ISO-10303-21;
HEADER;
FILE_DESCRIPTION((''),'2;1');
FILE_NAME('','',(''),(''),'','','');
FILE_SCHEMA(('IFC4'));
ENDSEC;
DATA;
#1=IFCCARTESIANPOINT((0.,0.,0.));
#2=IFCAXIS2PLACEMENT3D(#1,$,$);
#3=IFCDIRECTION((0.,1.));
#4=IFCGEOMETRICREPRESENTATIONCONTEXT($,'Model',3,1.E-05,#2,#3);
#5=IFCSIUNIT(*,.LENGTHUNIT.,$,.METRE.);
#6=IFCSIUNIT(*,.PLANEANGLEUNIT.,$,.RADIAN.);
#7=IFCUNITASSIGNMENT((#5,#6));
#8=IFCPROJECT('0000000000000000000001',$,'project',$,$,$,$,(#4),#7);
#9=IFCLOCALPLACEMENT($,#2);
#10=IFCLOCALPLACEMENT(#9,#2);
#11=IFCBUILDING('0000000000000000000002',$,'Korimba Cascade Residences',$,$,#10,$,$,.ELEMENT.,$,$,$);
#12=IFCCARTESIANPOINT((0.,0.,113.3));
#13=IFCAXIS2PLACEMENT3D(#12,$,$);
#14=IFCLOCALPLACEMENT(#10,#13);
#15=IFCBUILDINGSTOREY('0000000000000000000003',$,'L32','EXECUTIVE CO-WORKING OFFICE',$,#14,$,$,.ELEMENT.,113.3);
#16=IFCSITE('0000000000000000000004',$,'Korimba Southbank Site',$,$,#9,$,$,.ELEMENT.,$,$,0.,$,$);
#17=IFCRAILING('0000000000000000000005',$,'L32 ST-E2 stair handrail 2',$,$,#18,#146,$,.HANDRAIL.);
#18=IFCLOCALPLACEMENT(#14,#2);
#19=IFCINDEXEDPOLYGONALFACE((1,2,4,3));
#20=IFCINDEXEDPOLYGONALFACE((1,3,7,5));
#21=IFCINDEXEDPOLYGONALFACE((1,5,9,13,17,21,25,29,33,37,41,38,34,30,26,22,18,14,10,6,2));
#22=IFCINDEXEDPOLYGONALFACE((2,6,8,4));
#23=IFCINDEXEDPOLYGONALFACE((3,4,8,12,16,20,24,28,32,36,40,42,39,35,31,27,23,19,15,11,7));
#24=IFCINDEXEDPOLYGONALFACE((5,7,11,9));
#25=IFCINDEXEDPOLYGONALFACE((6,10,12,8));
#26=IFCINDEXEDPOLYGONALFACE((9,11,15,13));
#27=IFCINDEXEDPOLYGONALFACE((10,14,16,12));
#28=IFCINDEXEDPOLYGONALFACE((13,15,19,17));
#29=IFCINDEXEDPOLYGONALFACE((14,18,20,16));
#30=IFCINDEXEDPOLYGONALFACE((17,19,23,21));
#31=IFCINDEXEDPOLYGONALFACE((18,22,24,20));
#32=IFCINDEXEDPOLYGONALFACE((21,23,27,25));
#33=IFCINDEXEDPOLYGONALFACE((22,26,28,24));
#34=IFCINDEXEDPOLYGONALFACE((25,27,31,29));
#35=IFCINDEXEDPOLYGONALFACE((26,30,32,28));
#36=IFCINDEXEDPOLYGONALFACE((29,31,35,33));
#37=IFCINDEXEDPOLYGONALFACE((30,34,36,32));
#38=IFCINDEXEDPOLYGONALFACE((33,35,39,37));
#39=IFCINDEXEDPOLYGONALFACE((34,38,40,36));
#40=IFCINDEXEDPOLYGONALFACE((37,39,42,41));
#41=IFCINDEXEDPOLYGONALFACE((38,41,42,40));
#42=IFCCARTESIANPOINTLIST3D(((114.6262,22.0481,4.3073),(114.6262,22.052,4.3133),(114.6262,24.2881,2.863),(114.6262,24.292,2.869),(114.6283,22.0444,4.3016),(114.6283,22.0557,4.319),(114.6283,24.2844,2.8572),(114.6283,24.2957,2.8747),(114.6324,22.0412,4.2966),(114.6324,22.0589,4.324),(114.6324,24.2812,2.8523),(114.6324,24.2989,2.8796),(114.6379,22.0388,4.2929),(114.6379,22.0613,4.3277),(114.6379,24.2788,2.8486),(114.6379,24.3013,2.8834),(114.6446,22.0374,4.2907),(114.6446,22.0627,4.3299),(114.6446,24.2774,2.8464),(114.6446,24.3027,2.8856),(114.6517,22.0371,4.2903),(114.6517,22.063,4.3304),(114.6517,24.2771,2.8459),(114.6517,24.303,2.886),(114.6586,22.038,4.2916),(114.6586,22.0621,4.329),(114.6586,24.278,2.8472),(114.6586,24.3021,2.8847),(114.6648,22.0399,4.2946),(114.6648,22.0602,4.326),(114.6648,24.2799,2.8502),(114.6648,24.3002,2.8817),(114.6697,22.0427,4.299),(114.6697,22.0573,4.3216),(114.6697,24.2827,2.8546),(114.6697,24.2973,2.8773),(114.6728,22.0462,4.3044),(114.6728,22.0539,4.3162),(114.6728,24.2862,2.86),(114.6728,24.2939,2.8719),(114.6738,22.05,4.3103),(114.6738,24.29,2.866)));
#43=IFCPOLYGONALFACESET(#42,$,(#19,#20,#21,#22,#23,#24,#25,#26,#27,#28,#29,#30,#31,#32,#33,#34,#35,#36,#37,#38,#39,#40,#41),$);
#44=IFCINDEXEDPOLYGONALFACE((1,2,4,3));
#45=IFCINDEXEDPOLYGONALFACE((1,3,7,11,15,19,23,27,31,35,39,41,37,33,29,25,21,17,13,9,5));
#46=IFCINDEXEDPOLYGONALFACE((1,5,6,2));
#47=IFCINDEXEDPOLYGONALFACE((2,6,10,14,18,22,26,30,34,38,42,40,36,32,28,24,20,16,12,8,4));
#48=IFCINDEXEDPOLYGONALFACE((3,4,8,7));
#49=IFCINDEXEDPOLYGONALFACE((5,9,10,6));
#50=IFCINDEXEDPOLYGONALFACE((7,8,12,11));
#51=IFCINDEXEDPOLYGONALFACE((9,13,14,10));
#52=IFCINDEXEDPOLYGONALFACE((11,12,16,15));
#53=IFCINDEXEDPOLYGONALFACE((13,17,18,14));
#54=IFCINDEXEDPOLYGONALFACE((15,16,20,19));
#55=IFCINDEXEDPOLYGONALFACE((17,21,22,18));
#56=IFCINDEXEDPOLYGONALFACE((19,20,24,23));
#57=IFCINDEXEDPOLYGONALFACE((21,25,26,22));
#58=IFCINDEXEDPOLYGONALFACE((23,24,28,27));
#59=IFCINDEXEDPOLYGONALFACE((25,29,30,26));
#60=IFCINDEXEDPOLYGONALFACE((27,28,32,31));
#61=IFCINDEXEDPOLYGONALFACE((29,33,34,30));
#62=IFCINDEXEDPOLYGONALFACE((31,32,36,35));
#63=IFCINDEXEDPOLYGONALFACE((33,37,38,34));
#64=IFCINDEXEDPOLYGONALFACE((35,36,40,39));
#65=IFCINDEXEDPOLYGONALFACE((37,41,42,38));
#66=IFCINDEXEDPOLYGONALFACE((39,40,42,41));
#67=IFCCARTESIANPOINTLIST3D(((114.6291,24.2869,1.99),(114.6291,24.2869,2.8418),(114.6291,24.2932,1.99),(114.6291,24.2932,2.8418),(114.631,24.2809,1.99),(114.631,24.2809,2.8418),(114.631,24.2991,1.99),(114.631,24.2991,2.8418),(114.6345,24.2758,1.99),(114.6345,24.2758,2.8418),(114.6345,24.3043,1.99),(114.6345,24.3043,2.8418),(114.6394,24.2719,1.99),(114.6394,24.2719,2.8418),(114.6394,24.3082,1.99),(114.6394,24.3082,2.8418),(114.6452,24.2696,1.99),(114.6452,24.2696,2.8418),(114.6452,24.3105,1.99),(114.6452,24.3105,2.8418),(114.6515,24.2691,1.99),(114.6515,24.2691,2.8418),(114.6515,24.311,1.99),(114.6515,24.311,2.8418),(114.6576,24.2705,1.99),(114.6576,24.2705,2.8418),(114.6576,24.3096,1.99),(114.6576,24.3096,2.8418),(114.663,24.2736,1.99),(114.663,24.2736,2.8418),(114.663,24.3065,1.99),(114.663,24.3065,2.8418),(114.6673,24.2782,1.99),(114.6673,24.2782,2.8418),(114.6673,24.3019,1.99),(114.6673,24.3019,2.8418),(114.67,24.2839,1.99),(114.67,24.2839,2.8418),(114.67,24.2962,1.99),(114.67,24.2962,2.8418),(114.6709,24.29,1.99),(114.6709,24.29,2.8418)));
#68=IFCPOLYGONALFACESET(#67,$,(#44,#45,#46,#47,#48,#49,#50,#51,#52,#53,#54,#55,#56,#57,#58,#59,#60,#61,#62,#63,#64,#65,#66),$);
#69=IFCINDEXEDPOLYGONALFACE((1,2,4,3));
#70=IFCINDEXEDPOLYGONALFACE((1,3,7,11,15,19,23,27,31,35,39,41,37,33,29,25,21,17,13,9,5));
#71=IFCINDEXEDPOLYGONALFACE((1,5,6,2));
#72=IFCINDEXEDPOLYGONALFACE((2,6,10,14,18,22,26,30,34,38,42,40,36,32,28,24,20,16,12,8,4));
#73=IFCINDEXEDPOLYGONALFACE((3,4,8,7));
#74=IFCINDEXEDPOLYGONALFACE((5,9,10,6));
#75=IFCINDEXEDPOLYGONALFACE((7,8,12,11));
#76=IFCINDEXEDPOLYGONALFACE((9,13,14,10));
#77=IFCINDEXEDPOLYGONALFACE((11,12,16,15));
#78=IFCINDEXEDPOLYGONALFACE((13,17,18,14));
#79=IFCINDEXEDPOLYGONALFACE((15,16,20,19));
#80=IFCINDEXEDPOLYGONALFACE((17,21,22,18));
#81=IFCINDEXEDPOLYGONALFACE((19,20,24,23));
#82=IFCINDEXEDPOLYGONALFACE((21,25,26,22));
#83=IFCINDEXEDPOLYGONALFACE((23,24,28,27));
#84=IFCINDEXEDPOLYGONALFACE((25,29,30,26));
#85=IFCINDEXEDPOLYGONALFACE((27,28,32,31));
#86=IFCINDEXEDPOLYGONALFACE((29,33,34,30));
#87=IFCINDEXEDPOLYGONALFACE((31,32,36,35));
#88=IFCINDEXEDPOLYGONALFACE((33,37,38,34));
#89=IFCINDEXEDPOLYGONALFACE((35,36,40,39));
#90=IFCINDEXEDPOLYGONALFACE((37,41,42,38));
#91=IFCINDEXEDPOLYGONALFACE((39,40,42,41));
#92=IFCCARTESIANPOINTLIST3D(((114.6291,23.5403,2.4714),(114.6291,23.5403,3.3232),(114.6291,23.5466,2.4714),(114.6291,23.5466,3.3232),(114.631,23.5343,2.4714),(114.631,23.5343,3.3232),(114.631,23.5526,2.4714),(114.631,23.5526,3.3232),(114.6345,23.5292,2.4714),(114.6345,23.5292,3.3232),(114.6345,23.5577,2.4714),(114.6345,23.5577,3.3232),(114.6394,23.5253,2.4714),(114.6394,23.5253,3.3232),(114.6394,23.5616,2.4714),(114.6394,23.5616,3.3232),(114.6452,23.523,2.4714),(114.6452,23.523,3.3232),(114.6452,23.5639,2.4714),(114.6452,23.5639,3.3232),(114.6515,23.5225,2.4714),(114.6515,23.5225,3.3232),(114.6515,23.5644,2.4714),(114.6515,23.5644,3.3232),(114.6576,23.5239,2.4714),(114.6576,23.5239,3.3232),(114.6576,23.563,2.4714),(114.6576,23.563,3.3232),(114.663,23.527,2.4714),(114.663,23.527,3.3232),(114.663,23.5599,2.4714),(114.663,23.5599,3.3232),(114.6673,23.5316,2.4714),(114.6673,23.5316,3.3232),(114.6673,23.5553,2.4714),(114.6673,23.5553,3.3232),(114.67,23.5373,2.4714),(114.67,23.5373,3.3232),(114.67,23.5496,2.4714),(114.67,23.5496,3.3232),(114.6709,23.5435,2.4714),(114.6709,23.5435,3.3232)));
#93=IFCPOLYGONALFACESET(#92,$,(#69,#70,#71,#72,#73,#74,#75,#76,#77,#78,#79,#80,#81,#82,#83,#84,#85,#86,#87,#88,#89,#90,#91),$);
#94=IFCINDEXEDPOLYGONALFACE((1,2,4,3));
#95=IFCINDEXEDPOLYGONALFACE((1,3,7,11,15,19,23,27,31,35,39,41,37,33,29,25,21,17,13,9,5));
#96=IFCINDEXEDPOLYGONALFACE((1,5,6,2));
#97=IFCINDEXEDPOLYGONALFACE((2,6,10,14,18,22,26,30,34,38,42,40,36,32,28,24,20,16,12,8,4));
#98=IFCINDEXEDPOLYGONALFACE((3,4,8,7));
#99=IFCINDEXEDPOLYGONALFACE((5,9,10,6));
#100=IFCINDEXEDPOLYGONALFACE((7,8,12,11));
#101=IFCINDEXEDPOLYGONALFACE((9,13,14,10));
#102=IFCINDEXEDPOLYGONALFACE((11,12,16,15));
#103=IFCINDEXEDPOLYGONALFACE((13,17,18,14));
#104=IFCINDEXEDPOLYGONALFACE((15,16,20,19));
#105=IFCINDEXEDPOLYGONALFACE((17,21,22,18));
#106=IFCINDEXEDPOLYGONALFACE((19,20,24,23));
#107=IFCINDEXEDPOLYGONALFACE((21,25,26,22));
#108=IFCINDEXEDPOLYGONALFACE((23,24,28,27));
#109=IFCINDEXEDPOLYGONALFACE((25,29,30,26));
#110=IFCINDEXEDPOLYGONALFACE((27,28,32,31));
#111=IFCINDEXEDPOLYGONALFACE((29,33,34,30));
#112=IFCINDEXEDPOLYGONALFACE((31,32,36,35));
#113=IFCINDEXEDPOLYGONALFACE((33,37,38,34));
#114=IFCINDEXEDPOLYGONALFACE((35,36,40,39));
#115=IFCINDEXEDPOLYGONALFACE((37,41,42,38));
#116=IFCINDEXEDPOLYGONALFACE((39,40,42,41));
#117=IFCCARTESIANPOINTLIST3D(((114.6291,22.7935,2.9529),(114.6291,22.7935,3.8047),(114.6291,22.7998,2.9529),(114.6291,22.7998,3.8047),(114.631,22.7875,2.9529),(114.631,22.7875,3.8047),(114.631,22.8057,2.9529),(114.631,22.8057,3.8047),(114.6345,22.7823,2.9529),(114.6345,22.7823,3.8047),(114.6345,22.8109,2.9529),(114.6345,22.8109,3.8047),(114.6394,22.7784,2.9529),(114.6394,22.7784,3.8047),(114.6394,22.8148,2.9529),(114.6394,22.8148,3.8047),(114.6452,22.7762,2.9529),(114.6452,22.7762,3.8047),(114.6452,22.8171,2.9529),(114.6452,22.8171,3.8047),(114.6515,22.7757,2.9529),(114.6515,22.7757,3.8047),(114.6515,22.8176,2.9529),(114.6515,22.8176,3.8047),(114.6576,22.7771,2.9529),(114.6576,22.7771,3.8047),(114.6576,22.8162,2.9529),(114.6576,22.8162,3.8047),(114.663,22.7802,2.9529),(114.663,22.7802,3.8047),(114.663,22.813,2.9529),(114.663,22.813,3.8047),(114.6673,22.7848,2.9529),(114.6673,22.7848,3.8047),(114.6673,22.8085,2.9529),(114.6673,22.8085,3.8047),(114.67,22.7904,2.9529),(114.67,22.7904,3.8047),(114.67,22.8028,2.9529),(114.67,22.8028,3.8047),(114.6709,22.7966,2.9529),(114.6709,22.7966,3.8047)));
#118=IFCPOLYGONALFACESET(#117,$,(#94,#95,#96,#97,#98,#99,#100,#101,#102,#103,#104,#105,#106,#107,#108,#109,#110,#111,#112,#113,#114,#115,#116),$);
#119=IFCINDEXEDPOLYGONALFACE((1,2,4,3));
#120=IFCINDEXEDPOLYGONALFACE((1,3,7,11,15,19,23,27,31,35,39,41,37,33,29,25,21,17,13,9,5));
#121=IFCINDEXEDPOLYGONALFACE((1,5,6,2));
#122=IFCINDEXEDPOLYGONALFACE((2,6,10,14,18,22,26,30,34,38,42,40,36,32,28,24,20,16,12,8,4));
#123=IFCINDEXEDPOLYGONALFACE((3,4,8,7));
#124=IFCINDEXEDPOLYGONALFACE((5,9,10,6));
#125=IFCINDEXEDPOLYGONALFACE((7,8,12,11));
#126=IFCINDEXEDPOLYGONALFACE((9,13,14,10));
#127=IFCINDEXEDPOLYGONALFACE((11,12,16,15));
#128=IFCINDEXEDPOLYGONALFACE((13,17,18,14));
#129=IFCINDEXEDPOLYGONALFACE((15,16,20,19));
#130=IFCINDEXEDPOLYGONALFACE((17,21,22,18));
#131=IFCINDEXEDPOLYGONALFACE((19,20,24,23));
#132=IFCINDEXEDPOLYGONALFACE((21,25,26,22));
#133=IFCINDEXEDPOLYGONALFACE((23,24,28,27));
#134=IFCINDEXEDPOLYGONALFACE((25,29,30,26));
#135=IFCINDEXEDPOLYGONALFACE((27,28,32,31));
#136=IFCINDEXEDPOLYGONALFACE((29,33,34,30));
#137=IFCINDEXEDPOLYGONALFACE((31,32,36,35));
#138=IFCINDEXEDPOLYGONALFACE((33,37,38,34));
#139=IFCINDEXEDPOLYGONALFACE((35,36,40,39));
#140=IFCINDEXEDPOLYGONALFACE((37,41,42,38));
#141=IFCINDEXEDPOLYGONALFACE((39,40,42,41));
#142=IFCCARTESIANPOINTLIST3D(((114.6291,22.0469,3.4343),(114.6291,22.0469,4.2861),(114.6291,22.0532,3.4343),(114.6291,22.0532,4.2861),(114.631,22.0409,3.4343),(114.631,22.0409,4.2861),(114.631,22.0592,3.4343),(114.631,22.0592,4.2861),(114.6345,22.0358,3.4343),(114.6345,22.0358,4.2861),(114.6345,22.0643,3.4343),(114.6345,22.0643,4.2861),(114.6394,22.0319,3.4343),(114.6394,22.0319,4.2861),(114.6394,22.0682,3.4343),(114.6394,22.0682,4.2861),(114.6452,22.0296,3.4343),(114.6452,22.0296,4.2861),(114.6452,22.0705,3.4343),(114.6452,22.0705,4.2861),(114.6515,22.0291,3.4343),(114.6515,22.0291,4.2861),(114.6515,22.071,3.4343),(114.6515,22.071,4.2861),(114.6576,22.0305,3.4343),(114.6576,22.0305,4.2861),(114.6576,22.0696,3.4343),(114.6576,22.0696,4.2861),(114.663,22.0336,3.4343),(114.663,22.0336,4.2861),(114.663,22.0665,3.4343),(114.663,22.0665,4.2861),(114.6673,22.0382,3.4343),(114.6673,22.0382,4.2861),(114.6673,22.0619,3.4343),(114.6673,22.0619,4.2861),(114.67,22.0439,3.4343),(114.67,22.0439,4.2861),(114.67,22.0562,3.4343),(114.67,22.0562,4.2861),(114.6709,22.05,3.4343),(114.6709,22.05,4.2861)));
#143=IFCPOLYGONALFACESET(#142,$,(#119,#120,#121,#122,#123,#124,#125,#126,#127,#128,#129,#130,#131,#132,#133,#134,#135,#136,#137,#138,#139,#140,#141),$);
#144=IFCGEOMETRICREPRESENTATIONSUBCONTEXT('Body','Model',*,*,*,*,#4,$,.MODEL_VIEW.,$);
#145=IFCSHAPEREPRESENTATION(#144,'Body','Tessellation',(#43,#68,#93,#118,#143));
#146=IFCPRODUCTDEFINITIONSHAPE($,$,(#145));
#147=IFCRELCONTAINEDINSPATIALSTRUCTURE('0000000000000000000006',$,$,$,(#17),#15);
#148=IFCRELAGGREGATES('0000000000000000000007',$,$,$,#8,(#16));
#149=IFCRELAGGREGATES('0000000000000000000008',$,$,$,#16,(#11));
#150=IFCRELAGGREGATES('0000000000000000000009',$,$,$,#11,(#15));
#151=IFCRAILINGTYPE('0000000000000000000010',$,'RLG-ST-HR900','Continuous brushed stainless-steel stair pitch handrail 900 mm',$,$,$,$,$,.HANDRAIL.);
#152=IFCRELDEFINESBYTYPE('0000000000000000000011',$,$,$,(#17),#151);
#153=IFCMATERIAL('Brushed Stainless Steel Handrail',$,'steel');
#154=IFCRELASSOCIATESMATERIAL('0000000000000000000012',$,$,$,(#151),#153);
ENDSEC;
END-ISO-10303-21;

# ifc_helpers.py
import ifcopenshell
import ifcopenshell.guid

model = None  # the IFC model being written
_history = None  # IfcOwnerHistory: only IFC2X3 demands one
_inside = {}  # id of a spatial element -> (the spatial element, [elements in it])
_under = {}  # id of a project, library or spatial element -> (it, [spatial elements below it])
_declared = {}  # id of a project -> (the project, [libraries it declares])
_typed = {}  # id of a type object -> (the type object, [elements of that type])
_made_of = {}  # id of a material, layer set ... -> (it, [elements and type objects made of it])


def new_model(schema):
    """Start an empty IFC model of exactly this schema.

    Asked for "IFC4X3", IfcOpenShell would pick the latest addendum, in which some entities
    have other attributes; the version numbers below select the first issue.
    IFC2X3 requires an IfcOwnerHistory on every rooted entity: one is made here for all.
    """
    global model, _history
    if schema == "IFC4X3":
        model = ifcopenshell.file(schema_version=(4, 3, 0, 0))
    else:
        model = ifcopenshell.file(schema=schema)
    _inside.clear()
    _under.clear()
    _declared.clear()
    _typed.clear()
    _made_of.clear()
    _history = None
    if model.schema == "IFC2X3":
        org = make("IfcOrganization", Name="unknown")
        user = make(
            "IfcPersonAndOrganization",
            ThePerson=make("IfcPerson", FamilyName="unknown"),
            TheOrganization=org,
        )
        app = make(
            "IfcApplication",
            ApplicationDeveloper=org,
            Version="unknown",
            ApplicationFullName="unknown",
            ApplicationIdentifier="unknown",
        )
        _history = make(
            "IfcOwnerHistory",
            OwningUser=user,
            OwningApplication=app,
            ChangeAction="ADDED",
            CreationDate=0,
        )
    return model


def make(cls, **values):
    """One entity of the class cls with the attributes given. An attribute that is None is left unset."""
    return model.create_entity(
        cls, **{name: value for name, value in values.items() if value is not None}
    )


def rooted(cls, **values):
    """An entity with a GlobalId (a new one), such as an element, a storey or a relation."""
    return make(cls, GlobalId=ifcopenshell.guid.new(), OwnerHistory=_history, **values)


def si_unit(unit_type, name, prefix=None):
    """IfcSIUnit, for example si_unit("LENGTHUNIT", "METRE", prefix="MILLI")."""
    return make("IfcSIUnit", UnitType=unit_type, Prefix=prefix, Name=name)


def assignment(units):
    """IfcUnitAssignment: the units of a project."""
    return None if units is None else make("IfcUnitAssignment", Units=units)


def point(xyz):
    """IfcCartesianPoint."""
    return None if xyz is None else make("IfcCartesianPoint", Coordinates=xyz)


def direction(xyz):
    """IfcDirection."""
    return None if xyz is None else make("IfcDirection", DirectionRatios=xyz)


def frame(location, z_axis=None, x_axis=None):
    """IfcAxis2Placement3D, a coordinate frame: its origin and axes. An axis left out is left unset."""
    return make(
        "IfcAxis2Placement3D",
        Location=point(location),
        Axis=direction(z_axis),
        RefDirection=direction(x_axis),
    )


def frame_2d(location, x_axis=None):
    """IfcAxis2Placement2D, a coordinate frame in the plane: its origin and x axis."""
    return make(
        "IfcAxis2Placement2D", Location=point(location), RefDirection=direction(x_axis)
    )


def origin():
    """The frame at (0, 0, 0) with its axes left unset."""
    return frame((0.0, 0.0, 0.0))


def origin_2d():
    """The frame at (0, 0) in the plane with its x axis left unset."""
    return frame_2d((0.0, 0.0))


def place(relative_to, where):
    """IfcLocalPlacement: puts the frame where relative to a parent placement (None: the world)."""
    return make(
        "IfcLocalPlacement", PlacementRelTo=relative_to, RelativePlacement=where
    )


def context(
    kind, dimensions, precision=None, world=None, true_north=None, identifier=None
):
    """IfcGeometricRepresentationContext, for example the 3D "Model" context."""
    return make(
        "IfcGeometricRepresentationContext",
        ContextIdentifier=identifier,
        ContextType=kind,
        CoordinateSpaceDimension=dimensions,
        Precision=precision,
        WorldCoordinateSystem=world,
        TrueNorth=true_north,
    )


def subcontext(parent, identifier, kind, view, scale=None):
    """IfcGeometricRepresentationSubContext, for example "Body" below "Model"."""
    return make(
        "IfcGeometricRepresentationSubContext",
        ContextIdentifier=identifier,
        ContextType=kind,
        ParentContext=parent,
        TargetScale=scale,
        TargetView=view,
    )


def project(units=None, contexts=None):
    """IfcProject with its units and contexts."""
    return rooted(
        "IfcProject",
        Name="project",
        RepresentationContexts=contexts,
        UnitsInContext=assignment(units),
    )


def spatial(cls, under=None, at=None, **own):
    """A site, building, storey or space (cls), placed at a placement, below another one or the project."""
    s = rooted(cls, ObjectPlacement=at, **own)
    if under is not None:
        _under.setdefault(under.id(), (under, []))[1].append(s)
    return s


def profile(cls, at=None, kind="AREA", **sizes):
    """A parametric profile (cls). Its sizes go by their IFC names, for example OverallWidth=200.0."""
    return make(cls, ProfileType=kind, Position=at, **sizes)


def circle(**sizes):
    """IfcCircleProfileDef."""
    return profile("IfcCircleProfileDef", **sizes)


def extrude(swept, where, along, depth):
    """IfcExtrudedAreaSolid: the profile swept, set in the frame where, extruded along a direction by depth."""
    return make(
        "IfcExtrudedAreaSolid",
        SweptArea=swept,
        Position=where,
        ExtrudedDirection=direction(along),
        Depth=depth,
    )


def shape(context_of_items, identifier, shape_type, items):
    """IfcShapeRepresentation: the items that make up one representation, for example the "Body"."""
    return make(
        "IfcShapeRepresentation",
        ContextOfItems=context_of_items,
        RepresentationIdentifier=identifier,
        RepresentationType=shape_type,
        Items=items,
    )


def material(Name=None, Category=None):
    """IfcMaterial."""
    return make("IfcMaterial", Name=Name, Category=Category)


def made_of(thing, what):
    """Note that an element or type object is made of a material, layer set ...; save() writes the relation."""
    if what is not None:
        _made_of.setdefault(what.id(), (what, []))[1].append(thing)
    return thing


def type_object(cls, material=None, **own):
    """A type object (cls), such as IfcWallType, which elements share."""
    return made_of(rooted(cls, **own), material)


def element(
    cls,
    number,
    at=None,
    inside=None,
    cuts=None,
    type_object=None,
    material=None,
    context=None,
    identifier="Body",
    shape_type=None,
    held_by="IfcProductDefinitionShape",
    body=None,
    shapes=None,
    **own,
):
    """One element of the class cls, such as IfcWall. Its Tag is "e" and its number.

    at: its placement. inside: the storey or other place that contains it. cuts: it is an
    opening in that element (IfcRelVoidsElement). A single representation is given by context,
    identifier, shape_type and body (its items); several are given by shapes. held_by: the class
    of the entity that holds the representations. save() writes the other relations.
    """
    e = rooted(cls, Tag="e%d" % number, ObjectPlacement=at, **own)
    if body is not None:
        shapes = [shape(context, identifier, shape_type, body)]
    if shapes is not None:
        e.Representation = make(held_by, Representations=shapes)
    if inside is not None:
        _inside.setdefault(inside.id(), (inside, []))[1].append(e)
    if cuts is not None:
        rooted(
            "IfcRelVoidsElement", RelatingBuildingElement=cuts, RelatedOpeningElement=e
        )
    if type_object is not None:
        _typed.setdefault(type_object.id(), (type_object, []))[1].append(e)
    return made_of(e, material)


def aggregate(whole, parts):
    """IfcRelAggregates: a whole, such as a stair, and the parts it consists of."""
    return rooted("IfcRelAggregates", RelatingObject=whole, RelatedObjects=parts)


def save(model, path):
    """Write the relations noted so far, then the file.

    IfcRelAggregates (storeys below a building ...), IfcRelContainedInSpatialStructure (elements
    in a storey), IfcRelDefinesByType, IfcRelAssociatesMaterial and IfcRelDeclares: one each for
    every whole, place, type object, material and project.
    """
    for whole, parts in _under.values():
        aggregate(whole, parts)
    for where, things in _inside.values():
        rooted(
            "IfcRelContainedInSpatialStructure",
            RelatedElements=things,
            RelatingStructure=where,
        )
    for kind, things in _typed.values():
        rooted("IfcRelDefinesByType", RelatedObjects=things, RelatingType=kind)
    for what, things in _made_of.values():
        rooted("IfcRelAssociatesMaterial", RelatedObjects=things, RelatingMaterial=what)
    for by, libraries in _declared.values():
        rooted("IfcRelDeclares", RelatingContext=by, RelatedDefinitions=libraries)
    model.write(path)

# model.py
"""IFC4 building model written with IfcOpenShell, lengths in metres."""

from ifc_helpers import new_model, si_unit, direction, frame, origin, origin_2d, place, context, subcontext, project, spatial, circle, extrude, material, type_object, element, save


model = new_model("IFC4")

# Units and contexts
model_context = context("Model", 3, precision=1e-05, world=origin(), true_north=direction((0.0, 1.0)))
body_context = subcontext(model_context, "Body", "Model", "MODEL_VIEW")
ifc_project = project(units=[si_unit("LENGTHUNIT", "METRE"), si_unit("PLANEANGLEUNIT", "RADIAN")], contexts=[model_context])

# Site, building, storey
site_placement = place(None, origin())
site = spatial("IfcSite", under=ifc_project, at=site_placement, Name="Korimba Southbank Site", CompositionType="ELEMENT", RefElevation=0.0)
building_placement = place(site_placement, origin())
building = spatial("IfcBuilding", under=site, at=building_placement, Name="Korimba Cascade Residences", CompositionType="ELEMENT")
storey_placement = place(building_placement, frame((0.0, 0.0, 113.3)))
storey = spatial("IfcBuildingStorey", under=building, at=storey_placement, Name="L32", Description="EXECUTIVE CO-WORKING OFFICE", CompositionType="ELEMENT", Elevation=113.3)

# Railing
ifc_material_1 = material(Name="Brushed Stainless Steel Handrail", Category="steel")
railing_type_1 = type_object("IfcRailingType", Name="RLG-ST-HR900", Description="Continuous brushed stainless-steel stair pitch handrail 900 mm", PredefinedType="HANDRAIL", material=ifc_material_1)
railing_1_placement = place(storey_placement, frame((114.6499, 24.29, 1.99)))
element("IfcRailing", 1, at=railing_1_placement, inside=storey, type_object=railing_type_1, Name="L32 ST-E2 stair handrail 2", PredefinedType="HANDRAIL", context=body_context, shape_type="SweptSolid", body=[
    extrude(circle(Radius=0.0239, at=origin_2d()), frame((0.0, 0.0, 0.876), z_axis=(0.0, -0.840437, 0.54191), x_axis=(1.0, 0.0, 0.0)), (0.0, 0.0, 1.0), 2.6653),
    extrude(circle(Radius=0.021, at=origin_2d()), origin(), (0.0, 0.0, 1.0), 0.8518),
    extrude(circle(Radius=0.021, at=origin_2d()), frame((0.0, -0.7466, 0.4814)), (0.0, 0.0, 1.0), 0.8518),
    extrude(circle(Radius=0.021, at=origin_2d()), frame((0.0, -1.4934, 0.9629)), (0.0, 0.0, 1.0), 0.8518),
    extrude(circle(Radius=0.021, at=origin_2d()), frame((0.0, -2.24, 1.4443)), (0.0, 0.0, 1.0), 0.8518),
])

save(model, "model.ifc")
